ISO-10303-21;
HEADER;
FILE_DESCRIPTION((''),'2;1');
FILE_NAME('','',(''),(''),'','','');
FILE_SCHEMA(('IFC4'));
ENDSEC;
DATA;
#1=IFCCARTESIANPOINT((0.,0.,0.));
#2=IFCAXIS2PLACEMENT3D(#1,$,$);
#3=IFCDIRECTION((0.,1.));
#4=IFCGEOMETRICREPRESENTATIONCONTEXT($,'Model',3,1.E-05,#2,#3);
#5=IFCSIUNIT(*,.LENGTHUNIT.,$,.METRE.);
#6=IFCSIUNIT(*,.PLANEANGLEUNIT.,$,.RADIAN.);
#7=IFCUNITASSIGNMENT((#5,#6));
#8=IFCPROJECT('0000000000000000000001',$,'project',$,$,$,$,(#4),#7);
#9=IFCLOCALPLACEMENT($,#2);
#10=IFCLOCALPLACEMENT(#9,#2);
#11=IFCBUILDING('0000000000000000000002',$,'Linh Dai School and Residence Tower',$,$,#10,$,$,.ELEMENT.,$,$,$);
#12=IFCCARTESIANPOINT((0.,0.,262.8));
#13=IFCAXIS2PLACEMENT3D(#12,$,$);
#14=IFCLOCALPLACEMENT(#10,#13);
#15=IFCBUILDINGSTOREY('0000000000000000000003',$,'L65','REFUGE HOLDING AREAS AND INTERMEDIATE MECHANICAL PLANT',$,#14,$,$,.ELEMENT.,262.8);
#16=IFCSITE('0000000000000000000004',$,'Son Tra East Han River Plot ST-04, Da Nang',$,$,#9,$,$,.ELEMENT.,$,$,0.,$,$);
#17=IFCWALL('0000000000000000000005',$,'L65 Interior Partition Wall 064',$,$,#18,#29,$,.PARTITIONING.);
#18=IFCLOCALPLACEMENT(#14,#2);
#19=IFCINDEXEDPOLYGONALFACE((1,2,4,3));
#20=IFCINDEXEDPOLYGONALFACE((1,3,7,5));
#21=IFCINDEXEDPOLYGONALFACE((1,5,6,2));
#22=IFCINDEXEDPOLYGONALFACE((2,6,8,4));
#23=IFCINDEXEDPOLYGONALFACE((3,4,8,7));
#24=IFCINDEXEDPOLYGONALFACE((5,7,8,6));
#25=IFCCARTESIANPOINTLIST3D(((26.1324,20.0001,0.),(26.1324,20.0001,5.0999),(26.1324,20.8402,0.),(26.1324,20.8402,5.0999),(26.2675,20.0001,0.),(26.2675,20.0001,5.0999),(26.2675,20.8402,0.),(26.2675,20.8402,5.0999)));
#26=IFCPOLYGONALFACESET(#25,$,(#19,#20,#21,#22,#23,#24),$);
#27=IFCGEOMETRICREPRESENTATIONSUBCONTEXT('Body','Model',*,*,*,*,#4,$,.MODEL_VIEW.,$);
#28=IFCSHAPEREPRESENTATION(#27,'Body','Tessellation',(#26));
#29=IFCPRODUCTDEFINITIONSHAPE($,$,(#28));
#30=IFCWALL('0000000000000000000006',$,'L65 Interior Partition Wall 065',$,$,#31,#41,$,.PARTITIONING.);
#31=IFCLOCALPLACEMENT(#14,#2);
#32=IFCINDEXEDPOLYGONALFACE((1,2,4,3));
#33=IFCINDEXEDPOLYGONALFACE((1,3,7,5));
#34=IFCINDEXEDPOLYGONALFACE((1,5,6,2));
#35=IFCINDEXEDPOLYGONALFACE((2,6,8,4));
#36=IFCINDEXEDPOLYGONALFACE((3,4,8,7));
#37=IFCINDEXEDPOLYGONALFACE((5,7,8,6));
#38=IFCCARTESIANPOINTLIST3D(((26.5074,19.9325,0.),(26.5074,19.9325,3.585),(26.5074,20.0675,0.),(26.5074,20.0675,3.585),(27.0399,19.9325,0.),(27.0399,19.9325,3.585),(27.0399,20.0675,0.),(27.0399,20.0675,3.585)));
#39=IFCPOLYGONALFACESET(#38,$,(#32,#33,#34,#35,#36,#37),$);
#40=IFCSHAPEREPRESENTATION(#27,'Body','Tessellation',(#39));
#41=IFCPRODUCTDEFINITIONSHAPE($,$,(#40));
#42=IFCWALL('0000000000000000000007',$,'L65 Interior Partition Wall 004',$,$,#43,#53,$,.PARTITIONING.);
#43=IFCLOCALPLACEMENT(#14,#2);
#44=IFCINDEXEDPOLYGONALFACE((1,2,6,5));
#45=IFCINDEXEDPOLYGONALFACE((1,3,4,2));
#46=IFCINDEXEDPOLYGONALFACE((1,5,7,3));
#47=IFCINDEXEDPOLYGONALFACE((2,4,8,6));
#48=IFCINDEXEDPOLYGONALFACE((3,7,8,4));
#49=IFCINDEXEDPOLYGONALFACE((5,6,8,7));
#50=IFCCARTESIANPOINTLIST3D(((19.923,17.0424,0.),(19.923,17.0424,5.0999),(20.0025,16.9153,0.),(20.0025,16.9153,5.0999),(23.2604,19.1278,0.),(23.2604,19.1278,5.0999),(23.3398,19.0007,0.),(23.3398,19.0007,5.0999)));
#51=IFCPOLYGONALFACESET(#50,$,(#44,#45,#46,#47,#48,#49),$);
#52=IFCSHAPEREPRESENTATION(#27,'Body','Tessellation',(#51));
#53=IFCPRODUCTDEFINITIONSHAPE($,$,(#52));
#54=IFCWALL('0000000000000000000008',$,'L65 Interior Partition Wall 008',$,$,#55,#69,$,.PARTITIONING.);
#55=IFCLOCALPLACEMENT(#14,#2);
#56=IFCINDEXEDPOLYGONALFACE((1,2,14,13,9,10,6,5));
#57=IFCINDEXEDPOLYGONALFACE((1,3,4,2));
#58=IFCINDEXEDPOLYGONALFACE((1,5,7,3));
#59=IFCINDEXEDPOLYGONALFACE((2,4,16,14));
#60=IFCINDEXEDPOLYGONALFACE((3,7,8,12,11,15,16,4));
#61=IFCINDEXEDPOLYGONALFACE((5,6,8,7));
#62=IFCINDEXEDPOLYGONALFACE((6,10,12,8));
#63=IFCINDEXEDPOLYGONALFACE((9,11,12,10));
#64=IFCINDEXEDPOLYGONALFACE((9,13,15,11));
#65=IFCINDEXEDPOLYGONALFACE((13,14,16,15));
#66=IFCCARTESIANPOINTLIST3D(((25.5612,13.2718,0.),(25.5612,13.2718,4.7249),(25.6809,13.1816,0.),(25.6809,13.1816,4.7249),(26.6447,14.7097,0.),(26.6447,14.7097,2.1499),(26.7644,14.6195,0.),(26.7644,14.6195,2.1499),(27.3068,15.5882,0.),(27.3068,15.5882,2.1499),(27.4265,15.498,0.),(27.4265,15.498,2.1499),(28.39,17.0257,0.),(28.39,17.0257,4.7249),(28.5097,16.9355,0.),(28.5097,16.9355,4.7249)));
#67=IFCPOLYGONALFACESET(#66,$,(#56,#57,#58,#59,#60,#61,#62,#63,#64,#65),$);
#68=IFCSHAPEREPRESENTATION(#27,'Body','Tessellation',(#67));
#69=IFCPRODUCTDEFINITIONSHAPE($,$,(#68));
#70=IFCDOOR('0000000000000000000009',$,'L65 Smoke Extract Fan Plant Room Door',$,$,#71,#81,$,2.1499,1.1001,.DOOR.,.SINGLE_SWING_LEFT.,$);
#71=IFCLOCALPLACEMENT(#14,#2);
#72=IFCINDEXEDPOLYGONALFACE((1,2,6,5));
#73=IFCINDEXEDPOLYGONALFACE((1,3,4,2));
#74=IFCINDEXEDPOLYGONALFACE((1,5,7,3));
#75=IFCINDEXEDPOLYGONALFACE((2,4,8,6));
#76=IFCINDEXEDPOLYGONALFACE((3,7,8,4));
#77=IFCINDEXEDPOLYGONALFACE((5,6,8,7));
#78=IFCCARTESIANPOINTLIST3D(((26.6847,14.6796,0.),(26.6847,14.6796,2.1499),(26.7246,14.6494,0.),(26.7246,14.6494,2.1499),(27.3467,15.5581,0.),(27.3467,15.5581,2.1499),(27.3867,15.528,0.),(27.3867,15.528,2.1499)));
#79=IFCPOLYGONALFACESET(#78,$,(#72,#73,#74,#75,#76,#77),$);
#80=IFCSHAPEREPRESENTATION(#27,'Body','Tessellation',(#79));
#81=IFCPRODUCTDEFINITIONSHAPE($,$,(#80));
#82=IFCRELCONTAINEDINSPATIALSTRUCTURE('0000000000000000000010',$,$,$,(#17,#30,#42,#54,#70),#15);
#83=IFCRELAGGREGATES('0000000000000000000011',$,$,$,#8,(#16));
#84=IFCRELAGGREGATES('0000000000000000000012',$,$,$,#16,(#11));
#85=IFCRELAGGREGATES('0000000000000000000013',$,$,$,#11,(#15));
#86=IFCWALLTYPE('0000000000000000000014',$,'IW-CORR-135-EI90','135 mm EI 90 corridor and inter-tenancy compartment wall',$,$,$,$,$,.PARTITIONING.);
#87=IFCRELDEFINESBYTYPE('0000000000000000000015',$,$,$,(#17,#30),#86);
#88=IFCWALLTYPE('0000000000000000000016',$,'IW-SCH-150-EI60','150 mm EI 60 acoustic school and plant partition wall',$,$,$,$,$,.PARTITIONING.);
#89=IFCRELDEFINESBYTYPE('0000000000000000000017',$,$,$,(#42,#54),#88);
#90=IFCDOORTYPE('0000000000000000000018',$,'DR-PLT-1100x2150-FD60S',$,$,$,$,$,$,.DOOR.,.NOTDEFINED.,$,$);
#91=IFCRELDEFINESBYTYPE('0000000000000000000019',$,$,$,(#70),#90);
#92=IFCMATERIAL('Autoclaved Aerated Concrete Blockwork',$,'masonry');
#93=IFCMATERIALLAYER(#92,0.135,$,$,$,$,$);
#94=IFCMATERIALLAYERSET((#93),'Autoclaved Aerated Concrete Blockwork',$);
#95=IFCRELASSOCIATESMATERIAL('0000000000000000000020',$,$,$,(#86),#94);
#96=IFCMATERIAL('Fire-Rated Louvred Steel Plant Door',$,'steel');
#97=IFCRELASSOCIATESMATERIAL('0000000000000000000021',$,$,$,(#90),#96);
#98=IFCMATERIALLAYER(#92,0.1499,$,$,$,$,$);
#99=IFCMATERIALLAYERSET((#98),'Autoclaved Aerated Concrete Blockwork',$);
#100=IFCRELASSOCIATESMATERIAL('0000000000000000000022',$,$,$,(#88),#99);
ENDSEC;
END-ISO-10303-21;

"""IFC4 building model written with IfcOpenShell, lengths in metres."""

from ifc_helpers import new_model, si_unit, direction, frame, frame_2d, origin, origin_2d, place, context, subcontext, project, spatial, rectangle, extrude, source, transform, mapped, material, layer, layer_set, type_object, element, fill, save


model = new_model("IFC4")

# Units and contexts
model_context = context("Model", 3, precision=1e-05, world=origin(), true_north=direction((0.0, 1.0)))
body_context = subcontext(model_context, "Body", "Model", "MODEL_VIEW")
ifc_project = project(units=[si_unit("LENGTHUNIT", "METRE"), si_unit("PLANEANGLEUNIT", "RADIAN")], contexts=[model_context])

# Site, building, storey
site_placement = place(None, origin())
site = spatial("IfcSite", under=ifc_project, at=site_placement, Name="Son Tra East Han River Plot ST-04, Da Nang", CompositionType="ELEMENT", RefElevation=0.0)
building_placement = place(site_placement, origin())
building = spatial("IfcBuilding", under=site, at=building_placement, Name="Linh Dai School and Residence Tower", CompositionType="ELEMENT")
storey_placement = place(building_placement, frame((0.0, 0.0, 262.8)))
storey = spatial("IfcBuildingStorey", under=building, at=storey_placement, Name="L65", Description="REFUGE HOLDING AREAS AND INTERMEDIATE MECHANICAL PLANT", CompositionType="ELEMENT", Elevation=262.8)

# Shared definitions
ifc_material_1 = material(Name="Autoclaved Aerated Concrete Blockwork", Category="masonry")
ifc_layer_1 = layer(ifc_material_1, 0.135)
ifc_layer_set_1 = layer_set([ifc_layer_1], Name="Autoclaved Aerated Concrete Blockwork")
wall_type_1 = type_object("IfcWallType", Name="IW-CORR-135-EI90", Description="135 mm EI 90 corridor and inter-tenancy compartment wall", PredefinedType="PARTITIONING", material=ifc_layer_set_1)
ifc_material_2 = material(Name="Fire-Rated Louvred Steel Plant Door", Category="steel")
door_type = type_object("IfcDoorType", Name="DR-PLT-1100x2150-FD60S", OperationType="NOTDEFINED", PredefinedType="DOOR", material=ifc_material_2)
shared_shape_1 = source(origin(), body_context, "Body", "SweptSolid", [
    extrude(rectangle(XDim=1.1001, YDim=2.1499, at=origin_2d()), frame((0.55, 0.0249, 1.075), z_axis=(0.0, -1.0, 0.0), x_axis=(1.0, 0.0, 0.0)), (0.0, 0.0, 1.0), 0.05),
])

# Walls
wall_1_placement = place(storey_placement, frame((26.2, 20.8401, 0.0), z_axis=(0.0, 0.0, 1.0), x_axis=(0.0, -1.0, 0.0)))
element("IfcWall", 1, at=wall_1_placement, inside=storey, type_object=wall_type_1, Name="L65 Interior Partition Wall 064", PredefinedType="PARTITIONING", context=body_context, shape_type="SweptSolid", body=[
    extrude(rectangle(XDim=0.8401, YDim=0.135, at=frame_2d((0.4199, 0.0))), origin(), (0.0, 0.0, 1.0), 5.0999),
])
wall_2_placement = place(storey_placement, frame((26.5076, 20.0, 0.0), z_axis=(0.0, 0.0, 1.0), x_axis=(1.0, 0.0, 0.0)))
element("IfcWall", 2, at=wall_2_placement, inside=storey, type_object=wall_type_1, Name="L65 Interior Partition Wall 065", PredefinedType="PARTITIONING", context=body_context, shape_type="SweptSolid", body=[
    extrude(rectangle(XDim=0.5325, YDim=0.135, at=frame_2d((0.2661, 0.0))), origin(), (0.0, 0.0, 1.0), 3.585),
])
ifc_layer_2 = layer(ifc_material_1, 0.1499)
ifc_layer_set_2 = layer_set([ifc_layer_2], Name="Autoclaved Aerated Concrete Blockwork")
wall_type_2 = type_object("IfcWallType", Name="IW-SCH-150-EI60", Description="150 mm EI 60 acoustic school and plant partition wall", PredefinedType="PARTITIONING", material=ifc_layer_set_2)
wall_3_placement = place(storey_placement, frame((19.9626, 16.9788, 0.0), z_axis=(0.0, 0.0, 1.0), x_axis=(0.848047, 0.529921, 0.0)))
element("IfcWall", 3, at=wall_3_placement, inside=storey, type_object=wall_type_2, Name="L65 Interior Partition Wall 004", PredefinedType="PARTITIONING", context=body_context, shape_type="SweptSolid", body=[
    extrude(rectangle(XDim=3.9353, YDim=0.1499, at=frame_2d((1.9678, 0.0))), origin(), (0.0, 0.0, 1.0), 5.0999),
])

# Wall, opening, door
wall_4_placement = place(storey_placement, frame((25.6211, 13.2268, 0.0), z_axis=(0.0, 0.0, 1.0), x_axis=(0.601827, 0.798627, 0.0)))
wall_4 = element("IfcWall", 4, at=wall_4_placement, inside=storey, type_object=wall_type_2, Name="L65 Interior Partition Wall 008", PredefinedType="PARTITIONING", context=body_context, shape_type="SweptSolid", body=[
    extrude(rectangle(XDim=4.7004, YDim=0.1499, at=frame_2d((2.3501, 0.0))), origin(), (0.0, 0.0, 1.0), 4.7249),
])
opening_1_placement = place(wall_4_placement, frame((1.8003, 0.0, 0.0)))
opening_1 = element("IfcOpeningElement", 5, at=opening_1_placement, cuts=wall_4, PredefinedType="OPENING", context=body_context, shape_type="SweptSolid", body=[
    extrude(rectangle(XDim=1.1001, YDim=2.1499, at=origin_2d()), frame((0.55, 0.085, 1.075), z_axis=(0.0, -1.0, 0.0), x_axis=(1.0, 0.0, 0.0)), (0.0, 0.0, 1.0), 0.1699),
])
door_1_placement = place(opening_1_placement, origin())
door_1 = element("IfcDoor", 6, at=door_1_placement, inside=storey, type_object=door_type, Name="L65 Smoke Extract Fan Plant Room Door", OperationType="SINGLE_SWING_LEFT", OverallHeight=2.1499, OverallWidth=1.1001, PredefinedType="DOOR", context=body_context, shape_type="MappedRepresentation", body=[
    mapped(shared_shape_1, transform((0.0, 0.0, 0.0), x_axis=(1.0, 0.0, 0.0), y_axis=(0.0, 1.0, 0.0), z_axis=(0.0, 0.0, 1.0), scale=1.0)),
])
fill(opening_1, door_1)

save(model, "model.ifc")
